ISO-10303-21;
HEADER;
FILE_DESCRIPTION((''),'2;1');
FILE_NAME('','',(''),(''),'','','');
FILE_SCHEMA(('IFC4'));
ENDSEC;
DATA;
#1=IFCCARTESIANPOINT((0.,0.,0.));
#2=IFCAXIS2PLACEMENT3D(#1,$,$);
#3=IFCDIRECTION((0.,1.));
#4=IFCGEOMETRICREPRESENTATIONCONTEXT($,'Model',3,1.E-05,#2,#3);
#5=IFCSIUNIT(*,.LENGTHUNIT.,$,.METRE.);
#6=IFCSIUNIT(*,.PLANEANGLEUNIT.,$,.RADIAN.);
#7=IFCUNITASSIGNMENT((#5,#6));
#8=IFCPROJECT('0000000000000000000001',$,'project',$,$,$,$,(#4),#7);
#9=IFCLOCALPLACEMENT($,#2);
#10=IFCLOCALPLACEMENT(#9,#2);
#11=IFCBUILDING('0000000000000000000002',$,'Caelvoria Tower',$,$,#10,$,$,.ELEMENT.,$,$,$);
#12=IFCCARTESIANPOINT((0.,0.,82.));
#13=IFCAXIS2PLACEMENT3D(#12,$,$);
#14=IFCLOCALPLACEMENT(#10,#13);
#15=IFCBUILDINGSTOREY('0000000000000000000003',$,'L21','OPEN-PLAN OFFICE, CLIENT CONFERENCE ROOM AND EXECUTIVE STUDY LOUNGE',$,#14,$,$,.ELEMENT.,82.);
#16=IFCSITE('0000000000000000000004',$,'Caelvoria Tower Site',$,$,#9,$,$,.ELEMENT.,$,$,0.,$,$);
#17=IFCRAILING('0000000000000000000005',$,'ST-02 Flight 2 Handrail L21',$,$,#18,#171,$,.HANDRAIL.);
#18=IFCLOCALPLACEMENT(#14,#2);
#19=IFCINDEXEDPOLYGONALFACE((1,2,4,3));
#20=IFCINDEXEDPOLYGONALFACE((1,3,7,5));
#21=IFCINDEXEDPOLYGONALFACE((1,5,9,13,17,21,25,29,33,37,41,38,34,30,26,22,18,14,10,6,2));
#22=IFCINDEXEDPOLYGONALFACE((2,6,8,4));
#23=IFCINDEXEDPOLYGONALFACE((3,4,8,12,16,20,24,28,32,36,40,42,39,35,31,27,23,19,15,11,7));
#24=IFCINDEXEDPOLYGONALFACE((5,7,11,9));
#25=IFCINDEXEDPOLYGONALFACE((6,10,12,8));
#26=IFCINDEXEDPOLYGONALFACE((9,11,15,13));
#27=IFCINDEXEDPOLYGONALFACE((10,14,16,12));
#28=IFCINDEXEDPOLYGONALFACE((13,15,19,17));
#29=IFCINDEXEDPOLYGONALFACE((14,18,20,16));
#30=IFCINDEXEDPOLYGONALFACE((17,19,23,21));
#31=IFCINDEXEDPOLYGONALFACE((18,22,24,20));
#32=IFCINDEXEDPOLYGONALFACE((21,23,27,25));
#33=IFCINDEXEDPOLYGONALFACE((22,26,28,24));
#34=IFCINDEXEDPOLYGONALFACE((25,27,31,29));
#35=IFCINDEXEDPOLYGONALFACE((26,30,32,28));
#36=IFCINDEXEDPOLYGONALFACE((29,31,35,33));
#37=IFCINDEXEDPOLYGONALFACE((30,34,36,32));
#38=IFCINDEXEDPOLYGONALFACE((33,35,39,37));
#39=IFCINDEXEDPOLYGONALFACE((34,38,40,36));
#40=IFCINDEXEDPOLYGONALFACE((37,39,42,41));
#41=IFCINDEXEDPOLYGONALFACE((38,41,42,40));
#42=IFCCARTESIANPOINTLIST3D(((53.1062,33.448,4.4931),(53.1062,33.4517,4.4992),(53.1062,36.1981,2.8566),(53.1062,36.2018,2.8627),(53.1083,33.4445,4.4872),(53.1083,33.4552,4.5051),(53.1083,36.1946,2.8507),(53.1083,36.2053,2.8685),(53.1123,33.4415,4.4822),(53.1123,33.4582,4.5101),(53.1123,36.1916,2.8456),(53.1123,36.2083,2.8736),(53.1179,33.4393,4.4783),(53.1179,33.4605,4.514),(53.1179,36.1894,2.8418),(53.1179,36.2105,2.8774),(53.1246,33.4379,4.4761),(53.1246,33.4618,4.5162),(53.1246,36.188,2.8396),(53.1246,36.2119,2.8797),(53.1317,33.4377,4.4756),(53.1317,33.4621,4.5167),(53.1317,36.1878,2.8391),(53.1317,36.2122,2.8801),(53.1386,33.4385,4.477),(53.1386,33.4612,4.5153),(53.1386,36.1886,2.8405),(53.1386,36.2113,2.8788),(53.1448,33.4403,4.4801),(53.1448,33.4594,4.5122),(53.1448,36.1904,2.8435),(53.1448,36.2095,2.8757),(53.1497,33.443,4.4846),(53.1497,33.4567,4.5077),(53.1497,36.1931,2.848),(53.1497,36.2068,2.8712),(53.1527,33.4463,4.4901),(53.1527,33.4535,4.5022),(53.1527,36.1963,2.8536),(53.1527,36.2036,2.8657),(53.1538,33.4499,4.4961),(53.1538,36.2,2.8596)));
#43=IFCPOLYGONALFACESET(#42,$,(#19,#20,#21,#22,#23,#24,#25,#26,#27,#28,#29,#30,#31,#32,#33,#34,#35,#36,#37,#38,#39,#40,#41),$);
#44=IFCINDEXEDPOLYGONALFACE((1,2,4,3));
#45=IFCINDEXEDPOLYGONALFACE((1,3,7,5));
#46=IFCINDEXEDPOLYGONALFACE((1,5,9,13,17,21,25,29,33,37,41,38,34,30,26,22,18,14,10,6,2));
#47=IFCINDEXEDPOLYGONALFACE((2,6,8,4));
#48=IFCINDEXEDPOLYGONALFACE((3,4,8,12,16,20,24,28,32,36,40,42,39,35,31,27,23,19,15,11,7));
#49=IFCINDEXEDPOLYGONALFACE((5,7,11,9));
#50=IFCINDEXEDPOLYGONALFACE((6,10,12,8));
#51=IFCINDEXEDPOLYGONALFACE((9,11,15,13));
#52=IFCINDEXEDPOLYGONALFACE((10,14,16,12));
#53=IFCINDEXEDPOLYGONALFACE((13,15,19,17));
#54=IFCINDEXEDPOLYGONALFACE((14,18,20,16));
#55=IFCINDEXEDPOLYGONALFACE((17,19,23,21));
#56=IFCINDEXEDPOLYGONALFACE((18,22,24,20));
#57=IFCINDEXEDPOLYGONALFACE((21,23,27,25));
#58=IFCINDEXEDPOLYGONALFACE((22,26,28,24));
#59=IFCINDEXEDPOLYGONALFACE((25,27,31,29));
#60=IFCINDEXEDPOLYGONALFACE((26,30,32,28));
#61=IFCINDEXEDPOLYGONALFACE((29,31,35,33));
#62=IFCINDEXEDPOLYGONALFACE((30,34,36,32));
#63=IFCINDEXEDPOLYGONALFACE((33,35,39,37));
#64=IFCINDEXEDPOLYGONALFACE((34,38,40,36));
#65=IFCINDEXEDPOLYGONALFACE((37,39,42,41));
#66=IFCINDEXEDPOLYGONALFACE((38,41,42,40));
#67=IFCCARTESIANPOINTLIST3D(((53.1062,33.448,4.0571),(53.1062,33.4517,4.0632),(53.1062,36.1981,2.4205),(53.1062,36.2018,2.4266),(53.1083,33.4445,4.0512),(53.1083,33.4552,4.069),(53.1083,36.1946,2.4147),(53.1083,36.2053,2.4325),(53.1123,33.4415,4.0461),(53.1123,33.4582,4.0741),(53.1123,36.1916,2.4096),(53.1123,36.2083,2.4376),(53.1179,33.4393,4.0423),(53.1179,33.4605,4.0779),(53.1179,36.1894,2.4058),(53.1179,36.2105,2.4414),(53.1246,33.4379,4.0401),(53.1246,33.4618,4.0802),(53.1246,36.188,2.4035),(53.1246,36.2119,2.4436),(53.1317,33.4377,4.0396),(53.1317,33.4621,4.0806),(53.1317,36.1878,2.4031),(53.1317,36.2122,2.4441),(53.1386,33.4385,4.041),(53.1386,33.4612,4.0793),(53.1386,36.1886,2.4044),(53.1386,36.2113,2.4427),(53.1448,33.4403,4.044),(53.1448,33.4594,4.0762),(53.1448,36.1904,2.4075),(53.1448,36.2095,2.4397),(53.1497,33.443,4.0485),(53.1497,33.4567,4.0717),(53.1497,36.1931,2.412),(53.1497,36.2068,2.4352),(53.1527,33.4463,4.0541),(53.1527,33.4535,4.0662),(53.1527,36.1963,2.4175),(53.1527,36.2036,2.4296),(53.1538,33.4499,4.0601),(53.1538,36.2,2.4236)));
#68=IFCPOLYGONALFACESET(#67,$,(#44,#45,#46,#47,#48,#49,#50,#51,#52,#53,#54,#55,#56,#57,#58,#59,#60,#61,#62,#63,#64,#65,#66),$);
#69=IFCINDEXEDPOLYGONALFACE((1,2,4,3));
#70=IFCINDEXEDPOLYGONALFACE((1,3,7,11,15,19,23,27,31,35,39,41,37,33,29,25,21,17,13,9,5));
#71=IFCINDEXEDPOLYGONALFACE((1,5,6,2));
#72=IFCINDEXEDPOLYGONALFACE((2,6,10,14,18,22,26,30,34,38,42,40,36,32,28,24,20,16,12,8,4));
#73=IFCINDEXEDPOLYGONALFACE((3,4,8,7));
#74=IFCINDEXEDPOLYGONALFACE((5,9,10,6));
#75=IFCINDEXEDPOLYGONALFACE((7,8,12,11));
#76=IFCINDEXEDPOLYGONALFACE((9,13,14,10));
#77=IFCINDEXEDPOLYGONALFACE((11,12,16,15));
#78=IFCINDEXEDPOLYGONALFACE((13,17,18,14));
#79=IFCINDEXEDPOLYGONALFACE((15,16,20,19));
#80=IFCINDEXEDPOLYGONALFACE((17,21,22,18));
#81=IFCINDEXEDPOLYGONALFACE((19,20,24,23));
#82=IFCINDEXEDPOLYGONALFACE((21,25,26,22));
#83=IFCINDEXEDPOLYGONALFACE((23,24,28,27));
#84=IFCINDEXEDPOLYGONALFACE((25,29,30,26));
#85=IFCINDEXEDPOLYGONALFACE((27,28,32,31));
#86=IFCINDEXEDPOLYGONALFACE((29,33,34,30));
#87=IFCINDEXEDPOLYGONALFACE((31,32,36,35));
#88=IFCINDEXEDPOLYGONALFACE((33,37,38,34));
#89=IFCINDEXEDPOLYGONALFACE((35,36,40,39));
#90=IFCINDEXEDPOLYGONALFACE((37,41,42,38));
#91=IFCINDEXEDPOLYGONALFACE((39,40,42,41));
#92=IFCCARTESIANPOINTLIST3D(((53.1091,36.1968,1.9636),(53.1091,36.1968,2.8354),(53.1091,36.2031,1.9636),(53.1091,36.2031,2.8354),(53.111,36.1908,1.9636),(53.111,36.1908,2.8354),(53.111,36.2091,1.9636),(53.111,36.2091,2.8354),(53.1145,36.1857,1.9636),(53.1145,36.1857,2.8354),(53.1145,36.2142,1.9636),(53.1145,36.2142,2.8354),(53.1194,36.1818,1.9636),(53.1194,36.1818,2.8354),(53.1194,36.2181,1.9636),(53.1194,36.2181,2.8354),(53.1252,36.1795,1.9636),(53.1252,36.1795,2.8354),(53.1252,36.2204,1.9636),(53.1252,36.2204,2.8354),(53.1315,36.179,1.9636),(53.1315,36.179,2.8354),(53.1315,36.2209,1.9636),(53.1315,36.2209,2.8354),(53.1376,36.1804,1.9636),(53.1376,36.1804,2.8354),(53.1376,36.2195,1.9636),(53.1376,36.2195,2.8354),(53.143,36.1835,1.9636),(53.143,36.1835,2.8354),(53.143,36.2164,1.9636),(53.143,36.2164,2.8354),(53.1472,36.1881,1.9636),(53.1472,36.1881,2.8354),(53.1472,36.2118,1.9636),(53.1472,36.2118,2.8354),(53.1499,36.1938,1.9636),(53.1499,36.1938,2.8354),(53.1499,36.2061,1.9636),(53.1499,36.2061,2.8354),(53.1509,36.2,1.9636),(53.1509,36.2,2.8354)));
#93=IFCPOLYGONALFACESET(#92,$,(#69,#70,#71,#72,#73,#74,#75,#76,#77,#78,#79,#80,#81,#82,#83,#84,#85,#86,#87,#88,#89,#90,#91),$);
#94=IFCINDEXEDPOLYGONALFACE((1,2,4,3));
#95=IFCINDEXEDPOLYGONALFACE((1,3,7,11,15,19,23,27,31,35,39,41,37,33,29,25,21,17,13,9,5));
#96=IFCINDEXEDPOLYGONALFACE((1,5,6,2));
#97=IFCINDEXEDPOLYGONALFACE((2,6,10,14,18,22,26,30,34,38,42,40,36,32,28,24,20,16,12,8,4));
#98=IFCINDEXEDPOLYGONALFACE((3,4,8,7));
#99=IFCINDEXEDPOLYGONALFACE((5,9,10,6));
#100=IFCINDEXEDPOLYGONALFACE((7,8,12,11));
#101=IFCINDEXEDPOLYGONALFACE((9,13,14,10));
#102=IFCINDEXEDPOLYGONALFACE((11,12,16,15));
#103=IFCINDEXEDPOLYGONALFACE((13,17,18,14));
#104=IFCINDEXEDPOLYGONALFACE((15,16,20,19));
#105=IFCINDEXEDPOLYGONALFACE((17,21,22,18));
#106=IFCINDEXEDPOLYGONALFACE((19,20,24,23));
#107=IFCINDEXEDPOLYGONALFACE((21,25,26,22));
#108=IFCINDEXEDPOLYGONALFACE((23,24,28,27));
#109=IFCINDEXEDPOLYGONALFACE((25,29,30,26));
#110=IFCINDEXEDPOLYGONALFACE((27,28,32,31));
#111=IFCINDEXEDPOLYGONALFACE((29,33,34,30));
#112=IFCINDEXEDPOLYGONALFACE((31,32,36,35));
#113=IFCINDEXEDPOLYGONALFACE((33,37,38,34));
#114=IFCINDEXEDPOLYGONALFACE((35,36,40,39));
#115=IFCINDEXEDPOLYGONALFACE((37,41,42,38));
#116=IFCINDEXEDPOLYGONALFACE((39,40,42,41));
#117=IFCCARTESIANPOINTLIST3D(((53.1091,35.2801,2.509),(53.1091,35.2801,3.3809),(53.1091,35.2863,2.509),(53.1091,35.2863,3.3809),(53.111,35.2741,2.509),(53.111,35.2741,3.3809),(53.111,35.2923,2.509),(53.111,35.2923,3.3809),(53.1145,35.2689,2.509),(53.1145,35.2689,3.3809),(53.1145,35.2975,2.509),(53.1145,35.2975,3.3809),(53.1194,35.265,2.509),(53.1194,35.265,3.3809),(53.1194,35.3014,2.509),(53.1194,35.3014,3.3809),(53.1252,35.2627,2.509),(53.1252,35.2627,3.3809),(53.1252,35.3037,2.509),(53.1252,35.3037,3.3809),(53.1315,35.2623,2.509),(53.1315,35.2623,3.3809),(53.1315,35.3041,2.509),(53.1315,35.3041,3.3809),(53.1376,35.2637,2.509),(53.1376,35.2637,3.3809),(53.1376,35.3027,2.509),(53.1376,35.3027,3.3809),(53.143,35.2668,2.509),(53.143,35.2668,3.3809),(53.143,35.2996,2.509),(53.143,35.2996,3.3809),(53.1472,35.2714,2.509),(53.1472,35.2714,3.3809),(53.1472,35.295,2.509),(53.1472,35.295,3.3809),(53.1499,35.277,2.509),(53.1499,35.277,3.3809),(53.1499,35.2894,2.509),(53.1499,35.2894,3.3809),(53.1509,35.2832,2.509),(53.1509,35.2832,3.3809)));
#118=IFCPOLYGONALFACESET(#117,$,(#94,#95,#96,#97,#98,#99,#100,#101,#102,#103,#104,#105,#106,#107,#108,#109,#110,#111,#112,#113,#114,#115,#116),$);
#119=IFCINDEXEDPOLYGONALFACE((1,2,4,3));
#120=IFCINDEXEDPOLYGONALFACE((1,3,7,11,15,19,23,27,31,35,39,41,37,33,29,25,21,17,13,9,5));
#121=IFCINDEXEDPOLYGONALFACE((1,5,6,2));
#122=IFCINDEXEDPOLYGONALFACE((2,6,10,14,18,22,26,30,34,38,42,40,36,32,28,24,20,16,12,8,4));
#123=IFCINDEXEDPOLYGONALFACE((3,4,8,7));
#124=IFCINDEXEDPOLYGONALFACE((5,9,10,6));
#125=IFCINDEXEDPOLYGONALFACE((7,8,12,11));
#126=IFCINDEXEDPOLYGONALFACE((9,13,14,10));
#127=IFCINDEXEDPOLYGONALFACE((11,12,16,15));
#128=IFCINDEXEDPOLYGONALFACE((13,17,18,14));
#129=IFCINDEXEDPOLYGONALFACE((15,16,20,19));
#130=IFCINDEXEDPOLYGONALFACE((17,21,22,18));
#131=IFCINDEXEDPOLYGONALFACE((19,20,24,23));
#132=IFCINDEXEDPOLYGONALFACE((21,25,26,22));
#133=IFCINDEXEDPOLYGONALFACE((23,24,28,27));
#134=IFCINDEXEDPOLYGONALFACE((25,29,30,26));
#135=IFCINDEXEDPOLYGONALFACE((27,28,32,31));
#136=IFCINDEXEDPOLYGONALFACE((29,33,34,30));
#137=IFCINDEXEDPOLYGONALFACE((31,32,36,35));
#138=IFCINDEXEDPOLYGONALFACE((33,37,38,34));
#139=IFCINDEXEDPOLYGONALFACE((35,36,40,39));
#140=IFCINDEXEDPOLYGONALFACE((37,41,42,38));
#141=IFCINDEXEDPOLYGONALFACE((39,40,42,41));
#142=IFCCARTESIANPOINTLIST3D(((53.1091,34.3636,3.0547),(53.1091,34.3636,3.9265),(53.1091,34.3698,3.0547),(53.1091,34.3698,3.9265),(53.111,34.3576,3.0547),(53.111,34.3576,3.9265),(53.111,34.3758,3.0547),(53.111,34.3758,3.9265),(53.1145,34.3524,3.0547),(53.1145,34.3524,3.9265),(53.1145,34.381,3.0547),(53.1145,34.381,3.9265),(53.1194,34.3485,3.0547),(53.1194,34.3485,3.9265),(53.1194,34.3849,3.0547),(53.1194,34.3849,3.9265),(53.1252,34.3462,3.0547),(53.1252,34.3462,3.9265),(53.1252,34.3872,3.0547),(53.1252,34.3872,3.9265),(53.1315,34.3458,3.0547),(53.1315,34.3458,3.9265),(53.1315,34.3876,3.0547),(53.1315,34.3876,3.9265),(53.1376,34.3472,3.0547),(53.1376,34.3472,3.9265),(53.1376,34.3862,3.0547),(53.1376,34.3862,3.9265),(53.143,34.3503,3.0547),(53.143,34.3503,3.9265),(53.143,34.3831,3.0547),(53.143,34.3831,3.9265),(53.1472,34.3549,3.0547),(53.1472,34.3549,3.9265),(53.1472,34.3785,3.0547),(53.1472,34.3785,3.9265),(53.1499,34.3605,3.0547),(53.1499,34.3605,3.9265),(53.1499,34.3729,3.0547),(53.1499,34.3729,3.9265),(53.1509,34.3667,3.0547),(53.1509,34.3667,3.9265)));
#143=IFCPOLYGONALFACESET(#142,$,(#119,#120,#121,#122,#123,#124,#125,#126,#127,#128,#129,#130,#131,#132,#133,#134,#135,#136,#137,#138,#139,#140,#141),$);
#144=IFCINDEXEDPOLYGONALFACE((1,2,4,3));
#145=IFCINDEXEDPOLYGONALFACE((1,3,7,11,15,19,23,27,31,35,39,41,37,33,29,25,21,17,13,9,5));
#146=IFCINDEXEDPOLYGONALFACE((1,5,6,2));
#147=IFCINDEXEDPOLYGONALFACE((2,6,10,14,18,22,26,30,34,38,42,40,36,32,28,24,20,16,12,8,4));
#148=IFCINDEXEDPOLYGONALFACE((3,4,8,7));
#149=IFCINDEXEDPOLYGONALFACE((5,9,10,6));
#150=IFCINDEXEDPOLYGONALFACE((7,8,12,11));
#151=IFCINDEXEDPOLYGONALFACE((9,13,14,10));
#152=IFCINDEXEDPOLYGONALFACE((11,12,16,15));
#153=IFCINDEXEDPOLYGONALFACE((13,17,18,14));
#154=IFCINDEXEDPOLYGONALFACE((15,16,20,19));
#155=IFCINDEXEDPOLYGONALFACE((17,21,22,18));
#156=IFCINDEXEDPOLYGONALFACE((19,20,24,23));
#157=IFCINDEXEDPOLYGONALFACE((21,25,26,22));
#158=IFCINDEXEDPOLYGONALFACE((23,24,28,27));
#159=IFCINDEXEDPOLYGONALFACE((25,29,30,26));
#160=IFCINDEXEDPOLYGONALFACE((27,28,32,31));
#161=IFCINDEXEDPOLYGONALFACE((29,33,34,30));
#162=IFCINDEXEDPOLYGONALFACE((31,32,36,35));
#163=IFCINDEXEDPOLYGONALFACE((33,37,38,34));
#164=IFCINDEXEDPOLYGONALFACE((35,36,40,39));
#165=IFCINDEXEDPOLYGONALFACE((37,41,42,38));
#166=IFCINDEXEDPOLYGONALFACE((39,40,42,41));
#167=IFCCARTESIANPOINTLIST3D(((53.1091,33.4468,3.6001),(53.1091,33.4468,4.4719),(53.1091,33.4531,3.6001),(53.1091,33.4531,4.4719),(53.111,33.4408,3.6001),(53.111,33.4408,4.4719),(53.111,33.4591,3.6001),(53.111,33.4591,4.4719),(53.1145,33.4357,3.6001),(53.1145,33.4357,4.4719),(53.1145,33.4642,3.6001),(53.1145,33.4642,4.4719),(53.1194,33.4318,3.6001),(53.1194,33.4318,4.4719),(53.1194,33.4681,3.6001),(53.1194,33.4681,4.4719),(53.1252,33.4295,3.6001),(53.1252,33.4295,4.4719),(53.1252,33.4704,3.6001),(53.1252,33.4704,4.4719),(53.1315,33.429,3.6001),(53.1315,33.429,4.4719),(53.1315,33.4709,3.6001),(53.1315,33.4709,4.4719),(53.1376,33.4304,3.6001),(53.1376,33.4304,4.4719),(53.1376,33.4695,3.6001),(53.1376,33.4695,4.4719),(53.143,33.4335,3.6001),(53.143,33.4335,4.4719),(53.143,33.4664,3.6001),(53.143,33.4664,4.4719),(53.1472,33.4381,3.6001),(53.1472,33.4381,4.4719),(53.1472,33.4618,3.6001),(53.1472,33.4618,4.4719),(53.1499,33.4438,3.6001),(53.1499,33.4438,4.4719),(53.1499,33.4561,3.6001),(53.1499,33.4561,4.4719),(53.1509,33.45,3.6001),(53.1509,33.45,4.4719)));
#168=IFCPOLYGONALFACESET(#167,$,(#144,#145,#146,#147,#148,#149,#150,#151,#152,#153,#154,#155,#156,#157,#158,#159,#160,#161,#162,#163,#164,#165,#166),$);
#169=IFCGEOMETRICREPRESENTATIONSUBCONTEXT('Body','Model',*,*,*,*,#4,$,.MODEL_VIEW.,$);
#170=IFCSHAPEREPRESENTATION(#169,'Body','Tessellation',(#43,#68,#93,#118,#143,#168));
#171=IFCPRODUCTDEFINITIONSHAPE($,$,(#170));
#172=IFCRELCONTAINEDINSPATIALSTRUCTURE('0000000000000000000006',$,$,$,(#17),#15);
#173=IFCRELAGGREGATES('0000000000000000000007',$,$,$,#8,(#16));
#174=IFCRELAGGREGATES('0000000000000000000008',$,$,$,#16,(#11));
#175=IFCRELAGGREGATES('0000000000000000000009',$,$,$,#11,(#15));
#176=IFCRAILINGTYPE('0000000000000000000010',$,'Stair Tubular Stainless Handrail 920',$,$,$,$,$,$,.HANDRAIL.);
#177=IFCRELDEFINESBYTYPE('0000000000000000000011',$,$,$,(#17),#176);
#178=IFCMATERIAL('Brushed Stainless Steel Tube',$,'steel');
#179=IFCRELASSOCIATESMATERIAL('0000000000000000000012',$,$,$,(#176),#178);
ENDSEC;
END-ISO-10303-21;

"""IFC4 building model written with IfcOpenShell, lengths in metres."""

from ifc_helpers import new_model, si_unit, direction, frame, origin, origin_2d, place, context, subcontext, project, spatial, circle, extrude, material, type_object, element, save


model = new_model("IFC4")

# Units and contexts
model_context = context("Model", 3, precision=1e-05, world=origin(), true_north=direction((0.0, 1.0)))
body_context = subcontext(model_context, "Body", "Model", "MODEL_VIEW")
ifc_project = project(units=[si_unit("LENGTHUNIT", "METRE"), si_unit("PLANEANGLEUNIT", "RADIAN")], contexts=[model_context])

# Site, building, storey
site_placement = place(None, origin())
site = spatial("IfcSite", under=ifc_project, at=site_placement, Name="Caelvoria Tower Site", CompositionType="ELEMENT", RefElevation=0.0)
building_placement = place(site_placement, origin())
building = spatial("IfcBuilding", under=site, at=building_placement, Name="Caelvoria Tower", CompositionType="ELEMENT")
storey_placement = place(building_placement, frame((0.0, 0.0, 82.0)))
storey = spatial("IfcBuildingStorey", under=building, at=storey_placement, Name="L21", Description="OPEN-PLAN OFFICE, CLIENT CONFERENCE ROOM AND EXECUTIVE STUDY LOUNGE", CompositionType="ELEMENT", Elevation=82.0)

# Railing
ifc_material_1 = material(Name="Brushed Stainless Steel Tube", Category="steel")
railing_type_1 = type_object("IfcRailingType", Name="Stair Tubular Stainless Handrail 920", PredefinedType="HANDRAIL", material=ifc_material_1)
railing_1_placement = place(storey_placement, frame((53.1299, 36.2, 1.9636)))
element("IfcRailing", 1, at=railing_1_placement, inside=storey, type_object=railing_type_1, Name="ST-02 Flight 2 Handrail L21", PredefinedType="HANDRAIL", context=body_context, shape_type="SweptSolid", body=[
    extrude(circle(Radius=0.0239, at=origin_2d()), frame((0.0, 0.0, 0.896), z_axis=(0.0, -0.859352, 0.511385), x_axis=(1.0, 0.0, 0.0)), (0.0, 0.0, 1.0), 3.2002),
    extrude(circle(Radius=0.0239, at=origin_2d()), frame((0.0, 0.0, 0.46), z_axis=(0.0, -0.859352, 0.511385), x_axis=(1.0, 0.0, 0.0)), (0.0, 0.0, 1.0), 3.2002),
    extrude(circle(Radius=0.021, at=origin_2d()), origin(), (0.0, 0.0, 1.0), 0.8718),
    extrude(circle(Radius=0.021, at=origin_2d()), frame((0.0, -0.9167, 0.5454)), (0.0, 0.0, 1.0), 0.8718),
    extrude(circle(Radius=0.021, at=origin_2d()), frame((0.0, -1.8333, 1.0911)), (0.0, 0.0, 1.0), 0.8718),
    extrude(circle(Radius=0.021, at=origin_2d()), frame((0.0, -2.75, 1.6365)), (0.0, 0.0, 1.0), 0.8718),
])

save(model, "model.ifc")
